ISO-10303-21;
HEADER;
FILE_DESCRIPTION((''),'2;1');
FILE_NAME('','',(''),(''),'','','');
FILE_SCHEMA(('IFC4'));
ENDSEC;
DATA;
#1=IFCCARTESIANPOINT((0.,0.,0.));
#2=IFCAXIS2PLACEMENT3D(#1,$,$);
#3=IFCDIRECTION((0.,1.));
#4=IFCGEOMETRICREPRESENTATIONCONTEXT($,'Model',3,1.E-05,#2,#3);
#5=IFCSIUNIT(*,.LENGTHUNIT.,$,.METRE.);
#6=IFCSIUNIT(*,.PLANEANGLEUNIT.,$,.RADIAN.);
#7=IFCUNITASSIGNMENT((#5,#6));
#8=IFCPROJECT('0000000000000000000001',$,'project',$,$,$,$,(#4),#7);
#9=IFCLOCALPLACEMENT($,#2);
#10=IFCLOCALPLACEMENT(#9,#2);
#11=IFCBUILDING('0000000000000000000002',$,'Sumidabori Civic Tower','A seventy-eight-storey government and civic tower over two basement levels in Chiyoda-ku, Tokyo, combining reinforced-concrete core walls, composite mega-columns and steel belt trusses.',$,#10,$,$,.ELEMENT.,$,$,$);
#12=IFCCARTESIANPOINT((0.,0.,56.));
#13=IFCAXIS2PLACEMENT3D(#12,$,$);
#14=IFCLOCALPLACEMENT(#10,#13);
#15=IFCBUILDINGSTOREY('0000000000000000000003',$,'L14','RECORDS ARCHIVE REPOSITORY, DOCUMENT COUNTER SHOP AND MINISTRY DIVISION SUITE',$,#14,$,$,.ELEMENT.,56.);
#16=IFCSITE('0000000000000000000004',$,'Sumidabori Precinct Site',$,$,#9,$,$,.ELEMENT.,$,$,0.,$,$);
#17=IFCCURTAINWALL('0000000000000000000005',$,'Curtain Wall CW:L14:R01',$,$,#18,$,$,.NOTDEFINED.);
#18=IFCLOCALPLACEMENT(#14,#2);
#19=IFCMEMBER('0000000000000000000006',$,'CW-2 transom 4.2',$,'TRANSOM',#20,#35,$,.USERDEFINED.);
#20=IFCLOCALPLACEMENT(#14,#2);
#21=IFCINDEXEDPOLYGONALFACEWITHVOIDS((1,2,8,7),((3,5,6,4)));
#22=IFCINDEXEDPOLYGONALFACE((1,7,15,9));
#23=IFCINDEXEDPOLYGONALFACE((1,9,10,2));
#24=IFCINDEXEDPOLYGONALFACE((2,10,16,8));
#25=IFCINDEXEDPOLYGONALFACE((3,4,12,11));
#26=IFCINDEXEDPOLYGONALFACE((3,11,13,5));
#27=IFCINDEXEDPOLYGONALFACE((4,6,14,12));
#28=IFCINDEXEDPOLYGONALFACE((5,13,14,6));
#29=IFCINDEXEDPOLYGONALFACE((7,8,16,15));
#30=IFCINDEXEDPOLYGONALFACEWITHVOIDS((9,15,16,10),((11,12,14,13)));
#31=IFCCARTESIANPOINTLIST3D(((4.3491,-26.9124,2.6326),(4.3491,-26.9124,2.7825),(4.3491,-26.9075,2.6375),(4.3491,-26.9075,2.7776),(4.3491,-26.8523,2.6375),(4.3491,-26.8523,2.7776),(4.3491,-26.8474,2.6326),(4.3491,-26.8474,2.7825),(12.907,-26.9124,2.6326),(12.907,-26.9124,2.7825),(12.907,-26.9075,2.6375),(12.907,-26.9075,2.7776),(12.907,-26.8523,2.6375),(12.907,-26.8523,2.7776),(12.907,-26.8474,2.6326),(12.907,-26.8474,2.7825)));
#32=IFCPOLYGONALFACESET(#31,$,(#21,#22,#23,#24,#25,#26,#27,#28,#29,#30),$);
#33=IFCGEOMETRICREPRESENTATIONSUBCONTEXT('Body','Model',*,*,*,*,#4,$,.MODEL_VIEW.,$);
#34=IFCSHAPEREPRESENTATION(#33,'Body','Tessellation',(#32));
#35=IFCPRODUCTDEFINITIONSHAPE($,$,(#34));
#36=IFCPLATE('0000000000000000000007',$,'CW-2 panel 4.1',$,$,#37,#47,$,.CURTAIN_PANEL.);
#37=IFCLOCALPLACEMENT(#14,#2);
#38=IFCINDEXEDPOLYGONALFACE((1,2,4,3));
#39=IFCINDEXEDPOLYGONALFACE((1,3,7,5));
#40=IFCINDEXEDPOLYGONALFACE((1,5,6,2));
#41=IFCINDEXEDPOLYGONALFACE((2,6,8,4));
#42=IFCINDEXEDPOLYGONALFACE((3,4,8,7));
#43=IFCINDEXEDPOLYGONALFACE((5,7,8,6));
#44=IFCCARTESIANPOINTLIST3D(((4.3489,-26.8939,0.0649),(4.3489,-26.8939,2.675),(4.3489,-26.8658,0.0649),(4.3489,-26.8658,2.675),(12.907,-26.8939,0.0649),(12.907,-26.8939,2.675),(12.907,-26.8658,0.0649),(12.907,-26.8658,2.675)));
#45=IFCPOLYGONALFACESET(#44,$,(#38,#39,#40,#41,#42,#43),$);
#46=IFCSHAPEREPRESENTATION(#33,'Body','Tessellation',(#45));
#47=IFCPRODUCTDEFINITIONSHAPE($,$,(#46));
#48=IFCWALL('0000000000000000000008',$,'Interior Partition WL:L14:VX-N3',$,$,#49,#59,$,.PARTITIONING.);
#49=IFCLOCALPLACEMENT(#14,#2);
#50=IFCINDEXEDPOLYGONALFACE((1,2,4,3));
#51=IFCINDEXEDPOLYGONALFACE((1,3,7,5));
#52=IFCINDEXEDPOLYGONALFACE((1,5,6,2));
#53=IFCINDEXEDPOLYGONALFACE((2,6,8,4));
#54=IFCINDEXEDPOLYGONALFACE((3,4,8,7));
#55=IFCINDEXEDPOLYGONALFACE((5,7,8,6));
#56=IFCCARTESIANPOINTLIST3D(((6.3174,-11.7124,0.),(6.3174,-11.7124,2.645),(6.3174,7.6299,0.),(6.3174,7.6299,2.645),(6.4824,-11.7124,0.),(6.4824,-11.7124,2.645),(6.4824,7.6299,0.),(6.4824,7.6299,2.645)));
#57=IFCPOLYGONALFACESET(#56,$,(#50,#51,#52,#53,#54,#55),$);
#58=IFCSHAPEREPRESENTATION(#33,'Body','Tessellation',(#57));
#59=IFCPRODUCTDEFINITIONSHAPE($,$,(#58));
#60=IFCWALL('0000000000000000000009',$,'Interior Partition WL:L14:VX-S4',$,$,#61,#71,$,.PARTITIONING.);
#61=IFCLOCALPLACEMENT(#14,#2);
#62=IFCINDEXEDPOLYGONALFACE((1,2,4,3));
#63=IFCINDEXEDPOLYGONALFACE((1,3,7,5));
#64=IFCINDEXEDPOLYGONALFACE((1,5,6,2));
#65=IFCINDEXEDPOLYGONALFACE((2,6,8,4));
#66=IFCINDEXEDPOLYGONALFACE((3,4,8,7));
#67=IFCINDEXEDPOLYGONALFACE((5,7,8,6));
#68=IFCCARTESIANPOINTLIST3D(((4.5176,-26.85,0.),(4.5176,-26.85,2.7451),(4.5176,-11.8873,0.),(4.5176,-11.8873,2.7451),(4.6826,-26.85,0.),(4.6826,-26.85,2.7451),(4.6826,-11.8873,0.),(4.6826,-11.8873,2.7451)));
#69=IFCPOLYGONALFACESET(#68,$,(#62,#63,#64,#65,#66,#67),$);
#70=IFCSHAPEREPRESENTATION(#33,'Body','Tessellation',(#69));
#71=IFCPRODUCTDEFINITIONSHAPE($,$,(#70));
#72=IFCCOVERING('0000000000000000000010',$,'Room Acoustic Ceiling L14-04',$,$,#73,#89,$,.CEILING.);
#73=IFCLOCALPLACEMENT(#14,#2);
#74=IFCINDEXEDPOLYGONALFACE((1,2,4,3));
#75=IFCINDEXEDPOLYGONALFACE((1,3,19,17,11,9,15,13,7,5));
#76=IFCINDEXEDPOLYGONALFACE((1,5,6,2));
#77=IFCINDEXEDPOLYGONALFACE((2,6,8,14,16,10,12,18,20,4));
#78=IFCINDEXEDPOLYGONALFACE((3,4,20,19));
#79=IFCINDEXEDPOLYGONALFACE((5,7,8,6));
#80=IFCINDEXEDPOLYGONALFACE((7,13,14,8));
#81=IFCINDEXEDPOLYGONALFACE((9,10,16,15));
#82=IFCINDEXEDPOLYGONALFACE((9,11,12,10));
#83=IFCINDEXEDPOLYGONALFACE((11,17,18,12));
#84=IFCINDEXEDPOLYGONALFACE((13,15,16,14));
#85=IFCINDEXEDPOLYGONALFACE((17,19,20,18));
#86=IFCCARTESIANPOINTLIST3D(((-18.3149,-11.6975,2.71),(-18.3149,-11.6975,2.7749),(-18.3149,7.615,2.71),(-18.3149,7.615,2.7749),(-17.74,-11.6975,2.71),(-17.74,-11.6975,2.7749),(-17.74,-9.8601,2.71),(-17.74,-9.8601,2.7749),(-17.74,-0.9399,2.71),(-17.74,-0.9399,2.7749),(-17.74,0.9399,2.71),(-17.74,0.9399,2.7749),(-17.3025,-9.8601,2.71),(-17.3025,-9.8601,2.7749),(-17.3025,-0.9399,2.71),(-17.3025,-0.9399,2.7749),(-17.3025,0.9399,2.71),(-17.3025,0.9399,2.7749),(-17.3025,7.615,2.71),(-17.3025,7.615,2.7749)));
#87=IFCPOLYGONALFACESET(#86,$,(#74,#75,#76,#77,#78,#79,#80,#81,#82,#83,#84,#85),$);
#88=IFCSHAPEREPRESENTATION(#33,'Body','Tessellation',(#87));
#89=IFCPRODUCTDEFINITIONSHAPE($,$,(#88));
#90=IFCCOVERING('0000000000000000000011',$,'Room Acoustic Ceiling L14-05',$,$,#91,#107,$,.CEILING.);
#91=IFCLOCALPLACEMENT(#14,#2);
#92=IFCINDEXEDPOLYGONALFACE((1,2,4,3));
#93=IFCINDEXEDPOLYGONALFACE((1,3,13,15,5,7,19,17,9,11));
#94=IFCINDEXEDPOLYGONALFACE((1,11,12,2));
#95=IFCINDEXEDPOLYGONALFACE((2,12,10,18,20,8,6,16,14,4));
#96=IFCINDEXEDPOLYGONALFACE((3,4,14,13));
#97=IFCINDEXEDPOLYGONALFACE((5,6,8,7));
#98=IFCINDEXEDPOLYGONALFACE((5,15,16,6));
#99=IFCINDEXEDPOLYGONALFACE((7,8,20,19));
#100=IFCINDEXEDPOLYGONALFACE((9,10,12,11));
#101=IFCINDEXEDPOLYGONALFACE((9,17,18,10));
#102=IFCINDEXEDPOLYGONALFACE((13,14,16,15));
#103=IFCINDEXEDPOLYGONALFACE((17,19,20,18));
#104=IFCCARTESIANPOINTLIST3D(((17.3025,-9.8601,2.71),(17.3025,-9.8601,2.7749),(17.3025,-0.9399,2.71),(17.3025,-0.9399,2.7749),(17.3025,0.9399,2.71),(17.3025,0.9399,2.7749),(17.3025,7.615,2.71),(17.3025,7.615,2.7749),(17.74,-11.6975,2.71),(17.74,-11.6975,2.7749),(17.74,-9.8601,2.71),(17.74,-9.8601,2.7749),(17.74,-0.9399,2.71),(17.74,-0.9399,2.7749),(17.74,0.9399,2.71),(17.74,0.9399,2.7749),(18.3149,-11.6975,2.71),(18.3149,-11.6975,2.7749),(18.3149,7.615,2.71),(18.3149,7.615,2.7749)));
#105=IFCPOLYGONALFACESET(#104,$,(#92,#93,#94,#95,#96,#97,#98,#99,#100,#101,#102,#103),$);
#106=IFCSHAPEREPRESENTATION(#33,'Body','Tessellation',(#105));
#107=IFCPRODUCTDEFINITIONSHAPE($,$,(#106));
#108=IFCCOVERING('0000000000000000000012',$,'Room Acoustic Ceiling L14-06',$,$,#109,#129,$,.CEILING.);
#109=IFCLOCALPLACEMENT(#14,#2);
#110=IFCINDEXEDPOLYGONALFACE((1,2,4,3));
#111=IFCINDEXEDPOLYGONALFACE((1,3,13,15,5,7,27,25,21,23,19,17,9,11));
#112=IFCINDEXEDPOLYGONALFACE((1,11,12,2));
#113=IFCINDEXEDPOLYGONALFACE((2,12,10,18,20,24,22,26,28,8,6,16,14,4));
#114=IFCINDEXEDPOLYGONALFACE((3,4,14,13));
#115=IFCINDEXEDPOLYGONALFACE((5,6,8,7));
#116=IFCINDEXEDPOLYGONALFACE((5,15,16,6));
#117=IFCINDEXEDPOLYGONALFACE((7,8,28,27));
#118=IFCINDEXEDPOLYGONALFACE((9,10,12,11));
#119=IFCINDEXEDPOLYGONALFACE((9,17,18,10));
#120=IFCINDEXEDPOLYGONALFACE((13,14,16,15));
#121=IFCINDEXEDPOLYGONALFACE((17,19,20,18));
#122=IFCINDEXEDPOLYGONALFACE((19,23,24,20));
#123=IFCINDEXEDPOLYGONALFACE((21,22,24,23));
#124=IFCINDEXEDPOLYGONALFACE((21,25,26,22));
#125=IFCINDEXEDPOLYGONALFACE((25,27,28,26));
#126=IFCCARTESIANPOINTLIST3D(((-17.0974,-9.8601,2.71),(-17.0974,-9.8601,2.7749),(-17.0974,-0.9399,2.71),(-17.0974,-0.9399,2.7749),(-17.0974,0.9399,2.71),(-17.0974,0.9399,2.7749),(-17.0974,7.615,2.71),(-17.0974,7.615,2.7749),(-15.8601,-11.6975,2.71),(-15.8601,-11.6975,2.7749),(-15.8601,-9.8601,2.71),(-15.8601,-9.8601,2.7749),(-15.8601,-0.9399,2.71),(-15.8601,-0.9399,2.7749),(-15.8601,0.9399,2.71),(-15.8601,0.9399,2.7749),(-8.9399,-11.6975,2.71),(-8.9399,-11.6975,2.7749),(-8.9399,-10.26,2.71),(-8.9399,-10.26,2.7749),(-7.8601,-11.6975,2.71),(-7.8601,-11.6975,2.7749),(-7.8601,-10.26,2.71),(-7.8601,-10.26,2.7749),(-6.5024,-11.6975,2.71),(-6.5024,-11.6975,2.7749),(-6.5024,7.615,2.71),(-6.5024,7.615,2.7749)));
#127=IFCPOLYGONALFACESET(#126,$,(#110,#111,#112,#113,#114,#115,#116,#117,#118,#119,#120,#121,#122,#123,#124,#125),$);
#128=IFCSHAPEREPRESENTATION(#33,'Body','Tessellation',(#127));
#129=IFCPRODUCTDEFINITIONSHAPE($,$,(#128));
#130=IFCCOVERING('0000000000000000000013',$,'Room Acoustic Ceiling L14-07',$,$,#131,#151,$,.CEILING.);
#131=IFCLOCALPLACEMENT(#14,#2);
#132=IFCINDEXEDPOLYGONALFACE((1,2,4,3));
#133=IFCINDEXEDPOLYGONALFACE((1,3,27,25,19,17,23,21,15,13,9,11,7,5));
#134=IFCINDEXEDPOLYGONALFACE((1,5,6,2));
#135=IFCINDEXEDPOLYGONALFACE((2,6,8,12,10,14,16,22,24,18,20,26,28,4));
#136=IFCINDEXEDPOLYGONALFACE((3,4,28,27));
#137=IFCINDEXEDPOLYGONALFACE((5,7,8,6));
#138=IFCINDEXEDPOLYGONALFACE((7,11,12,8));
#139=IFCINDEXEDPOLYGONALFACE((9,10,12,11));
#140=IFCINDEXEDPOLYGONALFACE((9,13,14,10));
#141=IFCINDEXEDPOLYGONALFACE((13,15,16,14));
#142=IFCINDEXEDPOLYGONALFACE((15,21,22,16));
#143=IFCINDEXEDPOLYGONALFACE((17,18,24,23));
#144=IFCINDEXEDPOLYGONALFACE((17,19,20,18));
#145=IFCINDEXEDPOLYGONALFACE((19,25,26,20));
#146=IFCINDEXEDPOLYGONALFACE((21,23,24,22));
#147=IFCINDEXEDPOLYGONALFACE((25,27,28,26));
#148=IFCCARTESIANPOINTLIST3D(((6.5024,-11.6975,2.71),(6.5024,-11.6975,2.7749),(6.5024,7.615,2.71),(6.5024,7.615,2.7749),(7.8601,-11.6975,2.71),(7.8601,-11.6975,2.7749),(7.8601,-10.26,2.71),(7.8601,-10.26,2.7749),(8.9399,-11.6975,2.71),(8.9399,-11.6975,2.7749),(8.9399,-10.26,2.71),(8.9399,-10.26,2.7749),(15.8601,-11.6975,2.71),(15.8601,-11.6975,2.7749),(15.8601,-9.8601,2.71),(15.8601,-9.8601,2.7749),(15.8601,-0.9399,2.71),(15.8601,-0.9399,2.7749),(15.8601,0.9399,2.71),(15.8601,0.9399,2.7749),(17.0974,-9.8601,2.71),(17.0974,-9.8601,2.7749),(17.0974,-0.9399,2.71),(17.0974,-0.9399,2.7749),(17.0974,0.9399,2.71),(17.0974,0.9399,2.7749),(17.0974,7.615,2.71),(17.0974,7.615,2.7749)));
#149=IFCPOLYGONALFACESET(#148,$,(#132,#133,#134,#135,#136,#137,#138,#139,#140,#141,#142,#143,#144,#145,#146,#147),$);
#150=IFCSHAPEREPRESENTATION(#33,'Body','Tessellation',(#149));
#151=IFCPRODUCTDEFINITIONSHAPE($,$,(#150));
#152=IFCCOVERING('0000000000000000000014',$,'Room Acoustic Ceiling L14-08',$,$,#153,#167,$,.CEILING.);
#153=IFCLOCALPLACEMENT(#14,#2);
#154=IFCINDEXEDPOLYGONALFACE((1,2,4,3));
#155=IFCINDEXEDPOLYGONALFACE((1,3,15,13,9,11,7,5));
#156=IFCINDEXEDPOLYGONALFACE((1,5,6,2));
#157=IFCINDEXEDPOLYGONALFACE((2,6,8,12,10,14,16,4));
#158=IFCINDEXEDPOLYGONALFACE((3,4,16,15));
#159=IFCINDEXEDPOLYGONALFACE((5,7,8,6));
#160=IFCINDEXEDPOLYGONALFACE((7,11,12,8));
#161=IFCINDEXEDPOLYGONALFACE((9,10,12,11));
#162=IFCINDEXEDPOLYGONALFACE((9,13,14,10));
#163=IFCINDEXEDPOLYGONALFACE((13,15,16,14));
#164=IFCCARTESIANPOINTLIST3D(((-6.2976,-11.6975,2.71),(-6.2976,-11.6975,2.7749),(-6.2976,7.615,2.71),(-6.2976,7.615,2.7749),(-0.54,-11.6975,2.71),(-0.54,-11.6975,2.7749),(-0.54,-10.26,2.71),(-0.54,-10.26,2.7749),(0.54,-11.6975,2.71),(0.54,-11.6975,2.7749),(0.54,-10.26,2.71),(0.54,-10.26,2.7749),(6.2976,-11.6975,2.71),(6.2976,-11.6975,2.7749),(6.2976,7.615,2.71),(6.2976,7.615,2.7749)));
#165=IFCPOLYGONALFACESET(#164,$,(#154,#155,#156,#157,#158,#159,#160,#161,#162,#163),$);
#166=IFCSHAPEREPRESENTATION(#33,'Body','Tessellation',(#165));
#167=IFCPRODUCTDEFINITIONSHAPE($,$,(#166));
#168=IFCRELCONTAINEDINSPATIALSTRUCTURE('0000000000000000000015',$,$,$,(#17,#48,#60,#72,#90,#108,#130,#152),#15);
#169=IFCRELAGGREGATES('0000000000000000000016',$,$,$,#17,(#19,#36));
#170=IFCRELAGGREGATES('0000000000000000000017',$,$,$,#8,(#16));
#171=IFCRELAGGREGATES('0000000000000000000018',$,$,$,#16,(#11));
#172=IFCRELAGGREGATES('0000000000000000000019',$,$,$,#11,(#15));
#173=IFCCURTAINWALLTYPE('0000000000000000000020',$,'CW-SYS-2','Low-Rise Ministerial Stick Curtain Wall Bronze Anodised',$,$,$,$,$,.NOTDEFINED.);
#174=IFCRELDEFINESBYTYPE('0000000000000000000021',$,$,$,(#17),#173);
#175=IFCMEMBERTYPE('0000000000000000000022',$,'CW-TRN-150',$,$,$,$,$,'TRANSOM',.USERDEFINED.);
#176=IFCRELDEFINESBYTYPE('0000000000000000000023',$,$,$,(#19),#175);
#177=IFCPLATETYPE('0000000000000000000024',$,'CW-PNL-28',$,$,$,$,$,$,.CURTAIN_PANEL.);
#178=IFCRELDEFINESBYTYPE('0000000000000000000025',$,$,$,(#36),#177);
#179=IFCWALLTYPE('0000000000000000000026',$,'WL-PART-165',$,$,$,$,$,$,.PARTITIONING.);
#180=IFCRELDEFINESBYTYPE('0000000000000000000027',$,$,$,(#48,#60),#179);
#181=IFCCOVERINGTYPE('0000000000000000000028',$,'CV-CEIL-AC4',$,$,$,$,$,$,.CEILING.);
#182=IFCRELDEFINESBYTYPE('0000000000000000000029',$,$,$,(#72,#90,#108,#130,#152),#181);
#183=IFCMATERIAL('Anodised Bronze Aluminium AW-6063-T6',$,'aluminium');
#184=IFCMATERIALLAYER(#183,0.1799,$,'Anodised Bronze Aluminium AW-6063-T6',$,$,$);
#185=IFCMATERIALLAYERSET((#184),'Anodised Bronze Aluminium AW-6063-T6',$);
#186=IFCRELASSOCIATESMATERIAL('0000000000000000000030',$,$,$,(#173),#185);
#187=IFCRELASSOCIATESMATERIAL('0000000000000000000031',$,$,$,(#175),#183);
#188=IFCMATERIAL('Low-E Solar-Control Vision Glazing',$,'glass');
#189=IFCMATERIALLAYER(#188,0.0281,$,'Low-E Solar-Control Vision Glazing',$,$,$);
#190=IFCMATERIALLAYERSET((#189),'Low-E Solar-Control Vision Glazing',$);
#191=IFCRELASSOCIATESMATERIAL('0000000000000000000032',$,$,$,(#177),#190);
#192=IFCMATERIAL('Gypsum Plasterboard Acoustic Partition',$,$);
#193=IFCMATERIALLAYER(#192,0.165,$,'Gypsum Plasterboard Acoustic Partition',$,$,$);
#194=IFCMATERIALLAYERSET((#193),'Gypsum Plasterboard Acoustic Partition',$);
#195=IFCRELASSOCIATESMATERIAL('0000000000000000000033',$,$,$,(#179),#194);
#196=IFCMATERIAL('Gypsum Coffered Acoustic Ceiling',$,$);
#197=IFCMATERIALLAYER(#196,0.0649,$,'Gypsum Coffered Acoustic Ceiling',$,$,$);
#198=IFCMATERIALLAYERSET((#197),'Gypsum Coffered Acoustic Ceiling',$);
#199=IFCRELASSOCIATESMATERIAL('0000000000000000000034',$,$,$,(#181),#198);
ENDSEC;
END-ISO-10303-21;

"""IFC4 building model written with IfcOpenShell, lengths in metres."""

from ifc_helpers import new_model, si_unit, direction, frame, frame_2d, origin, origin_2d, place, context, subcontext, project, spatial, polyline, rectangle, hollow_rectangle, outline, extrude, source, transform, mapped, material, layer, layer_set, material_profile, profile_set, type_object, element, aggregate, save


model = new_model("IFC4")

# Units and contexts
model_context = context("Model", 3, precision=1e-05, world=origin(), true_north=direction((0.0, 1.0)))
body_context = subcontext(model_context, "Body", "Model", "MODEL_VIEW")
ifc_project = project(units=[si_unit("LENGTHUNIT", "METRE"), si_unit("PLANEANGLEUNIT", "RADIAN")], contexts=[model_context])

# Site, building, storey
site_placement = place(None, origin())
site = spatial("IfcSite", under=ifc_project, at=site_placement, Name="Sumidabori Precinct Site", CompositionType="ELEMENT", RefElevation=0.0)
building_placement = place(site_placement, origin())
building = spatial("IfcBuilding", under=site, at=building_placement, Name="Sumidabori Civic Tower", Description="A seventy-eight-storey government and civic tower over two basement levels in Chiyoda-ku, Tokyo, combining reinforced-concrete core walls, composite mega-columns and steel belt trusses.", CompositionType="ELEMENT")
storey_placement = place(building_placement, frame((0.0, 0.0, 56.0)))
storey = spatial("IfcBuildingStorey", under=building, at=storey_placement, Name="L14", Description="RECORDS ARCHIVE REPOSITORY, DOCUMENT COUNTER SHOP AND MINISTRY DIVISION SUITE", CompositionType="ELEMENT", Elevation=56.0)

# Curtain wall, member, plate
ifc_material_1 = material(Name="Anodised Bronze Aluminium AW-6063-T6", Category="aluminium")
ifc_layer_1 = layer(ifc_material_1, 0.1799, Name="Anodised Bronze Aluminium AW-6063-T6")
ifc_layer_set_1 = layer_set([ifc_layer_1], Name="Anodised Bronze Aluminium AW-6063-T6")
curtain_wall_type = type_object("IfcCurtainWallType", Name="CW-SYS-2", Description="Low-Rise Ministerial Stick Curtain Wall Bronze Anodised", PredefinedType="NOTDEFINED", material=ifc_layer_set_1)
curtain_wall_placement = place(storey_placement, origin())
curtain_wall = element("IfcCurtainWall", 1, at=curtain_wall_placement, inside=storey, type_object=curtain_wall_type, Name="Curtain Wall CW:L14:R01", PredefinedType="NOTDEFINED")
ifc_material_profile_1 = material_profile(ifc_material_1, hollow_rectangle(XDim=0.0649, YDim=0.1499, WallThickness=0.0049, at=origin_2d()), Name="ALU TRANSOM 150x65")
ifc_profile_set_1 = profile_set([ifc_material_profile_1], Name="Anodised Bronze Aluminium AW-6063-T6")
member_type_1 = type_object("IfcMemberType", Name="CW-TRN-150", ElementType="TRANSOM", PredefinedType="USERDEFINED", material=ifc_profile_set_1)
shared_shape_1 = source(origin(), body_context, "Body", "SweptSolid", [
    extrude(hollow_rectangle(XDim=0.0649, YDim=0.1499, WallThickness=0.0049, at=origin_2d()), origin(), (0.0, 0.0, 1.0), 8.5579),
])
member_1_placement = place(storey_placement, frame((4.3491, -26.8799, 2.7075), z_axis=(1.0, 0.0, 0.0), x_axis=(0.0, 1.0, 0.0)))
member_1 = element("IfcMember", 2, at=member_1_placement, type_object=member_type_1, Name="CW-2 transom 4.2", ObjectType="TRANSOM", PredefinedType="USERDEFINED", context=body_context, shape_type="MappedRepresentation", body=[
    mapped(shared_shape_1, transform((0.0, 0.0, 0.0), x_axis=(1.0, 0.0, 0.0), y_axis=(0.0, 1.0, 0.0), z_axis=(0.0, 0.0, 1.0), scale=1.0)),
])
ifc_material_2 = material(Name="Low-E Solar-Control Vision Glazing", Category="glass")
ifc_layer_2 = layer(ifc_material_2, 0.0281, Name="Low-E Solar-Control Vision Glazing")
ifc_layer_set_2 = layer_set([ifc_layer_2], Name="Low-E Solar-Control Vision Glazing")
plate_type = type_object("IfcPlateType", Name="CW-PNL-28", PredefinedType="CURTAIN_PANEL", material=ifc_layer_set_2)
shared_shape_2 = source(origin(), body_context, "Body", "SweptSolid", [
    extrude(rectangle(XDim=8.5581, YDim=0.0281, at=origin_2d()), origin(), (0.0, 0.0, 1.0), 2.6101),
])
plate_placement = place(storey_placement, frame((8.6279, -26.8799, 0.0649), z_axis=(0.0, 0.0, 1.0), x_axis=(1.0, 0.0, 0.0)))
plate = element("IfcPlate", 3, at=plate_placement, type_object=plate_type, Name="CW-2 panel 4.1", PredefinedType="CURTAIN_PANEL", context=body_context, shape_type="MappedRepresentation", body=[
    mapped(shared_shape_2, transform((0.0, 0.0, 0.0), x_axis=(1.0, 0.0, 0.0), y_axis=(0.0, 1.0, 0.0), z_axis=(0.0, 0.0, 1.0), scale=1.0)),
])
aggregate(curtain_wall, [member_1, plate])

# Walls
ifc_material_3 = material(Name="Gypsum Plasterboard Acoustic Partition")
ifc_layer_3 = layer(ifc_material_3, 0.165, Name="Gypsum Plasterboard Acoustic Partition")
ifc_layer_set_3 = layer_set([ifc_layer_3], Name="Gypsum Plasterboard Acoustic Partition")
wall_type = type_object("IfcWallType", Name="WL-PART-165", PredefinedType="PARTITIONING", material=ifc_layer_set_3)
shared_shape_3 = source(origin(), body_context, "Body", "SweptSolid", [
    extrude(rectangle(XDim=19.3423, YDim=0.165, at=frame_2d((9.6711, 0.0))), origin(), (0.0, 0.0, 1.0), 2.645),
])
wall_1_placement = place(storey_placement, frame((6.3999, -11.7124, 0.0), z_axis=(0.0, 0.0, 1.0), x_axis=(0.0, 1.0, 0.0)))
element("IfcWall", 4, at=wall_1_placement, inside=storey, type_object=wall_type, Name="Interior Partition WL:L14:VX-N3", PredefinedType="PARTITIONING", context=body_context, shape_type="MappedRepresentation", body=[
    mapped(shared_shape_3, transform((0.0, 0.0, 0.0), x_axis=(1.0, 0.0, 0.0), y_axis=(0.0, 1.0, 0.0), z_axis=(0.0, 0.0, 1.0), scale=1.0)),
])
shared_shape_4 = source(origin(), body_context, "Body", "SweptSolid", [
    extrude(rectangle(XDim=14.9626, YDim=0.165, at=frame_2d((7.4814, 0.0))), origin(), (0.0, 0.0, 1.0), 2.7451),
])
wall_2_placement = place(storey_placement, frame((4.6001, -26.8501, 0.0), z_axis=(0.0, 0.0, 1.0), x_axis=(0.0, 1.0, 0.0)))
element("IfcWall", 5, at=wall_2_placement, inside=storey, type_object=wall_type, Name="Interior Partition WL:L14:VX-S4", PredefinedType="PARTITIONING", context=body_context, shape_type="MappedRepresentation", body=[
    mapped(shared_shape_4, transform((0.0, 0.0, 0.0), x_axis=(1.0, 0.0, 0.0), y_axis=(0.0, 1.0, 0.0), z_axis=(0.0, 0.0, 1.0), scale=1.0)),
])

# Coverings
ifc_material_4 = material(Name="Gypsum Coffered Acoustic Ceiling")
ifc_layer_4 = layer(ifc_material_4, 0.0649, Name="Gypsum Coffered Acoustic Ceiling")
ifc_layer_set_4 = layer_set([ifc_layer_4], Name="Gypsum Coffered Acoustic Ceiling")
covering_type_1 = type_object("IfcCoveringType", Name="CV-CEIL-AC4", PredefinedType="CEILING", material=ifc_layer_set_4)
covering_1_placement = place(storey_placement, frame((0.0, 0.0, 2.71)))
element("IfcCovering", 6, at=covering_1_placement, inside=storey, type_object=covering_type_1, Name="Room Acoustic Ceiling L14-04", PredefinedType="CEILING", context=body_context, shape_type="SweptSolid", body=[
    extrude(outline(polyline([(-18.3149, 7.615), (-17.3025, 7.615), (-17.3025, 0.9399), (-17.74, 0.9399), (-17.74, -0.9399), (-17.3025, -0.9399), (-17.3025, -9.8601), (-17.74, -9.8601), (-17.74, -11.6975), (-18.3149, -11.6975), (-18.3149, 7.615)])), origin(), (0.0, 0.0, 1.0), 0.0649),
])
covering_2_placement = place(storey_placement, frame((0.0, 0.0, 2.71)))
element("IfcCovering", 7, at=covering_2_placement, inside=storey, type_object=covering_type_1, Name="Room Acoustic Ceiling L14-05", PredefinedType="CEILING", context=body_context, shape_type="SweptSolid", body=[
    extrude(outline(polyline([(18.3149, 7.615), (18.3149, -11.6975), (17.74, -11.6975), (17.74, -9.8601), (17.3025, -9.8601), (17.3025, -0.9399), (17.74, -0.9399), (17.74, 0.9399), (17.3025, 0.9399), (17.3025, 7.615), (18.3149, 7.615)])), origin(), (0.0, 0.0, 1.0), 0.0649),
])
covering_3_placement = place(storey_placement, frame((0.0, 0.0, 2.71)))
element("IfcCovering", 8, at=covering_3_placement, inside=storey, type_object=covering_type_1, Name="Room Acoustic Ceiling L14-06", PredefinedType="CEILING", context=body_context, shape_type="SweptSolid", body=[
    extrude(outline(polyline([(-6.5024, 7.615), (-6.5024, -11.6975), (-7.8601, -11.6975), (-7.8601, -10.26), (-8.9399, -10.26), (-8.9399, -11.6975), (-15.8601, -11.6975), (-15.8601, -9.8601), (-17.0974, -9.8601), (-17.0974, -0.9399), (-15.8601, -0.9399), (-15.8601, 0.9399), (-17.0974, 0.9399), (-17.0974, 7.615), (-6.5024, 7.615)])), origin(), (0.0, 0.0, 1.0), 0.0649),
])
covering_4_placement = place(storey_placement, frame((0.0, 0.0, 2.71)))
element("IfcCovering", 9, at=covering_4_placement, inside=storey, type_object=covering_type_1, Name="Room Acoustic Ceiling L14-07", PredefinedType="CEILING", context=body_context, shape_type="SweptSolid", body=[
    extrude(outline(polyline([(6.5024, 7.615), (17.0974, 7.615), (17.0974, 0.9399), (15.8601, 0.9399), (15.8601, -0.9399), (17.0974, -0.9399), (17.0974, -9.8601), (15.8601, -9.8601), (15.8601, -11.6975), (8.9399, -11.6975), (8.9399, -10.26), (7.8601, -10.26), (7.8601, -11.6975), (6.5024, -11.6975), (6.5024, 7.615)])), origin(), (0.0, 0.0, 1.0), 0.0649),
])
covering_5_placement = place(storey_placement, frame((0.0, 0.0, 2.71)))
element("IfcCovering", 10, at=covering_5_placement, inside=storey, type_object=covering_type_1, Name="Room Acoustic Ceiling L14-08", PredefinedType="CEILING", context=body_context, shape_type="SweptSolid", body=[
    extrude(outline(polyline([(-6.2976, 7.615), (6.2976, 7.615), (6.2976, -11.6975), (0.54, -11.6975), (0.54, -10.26), (-0.54, -10.26), (-0.54, -11.6975), (-6.2976, -11.6975), (-6.2976, 7.615)])), origin(), (0.0, 0.0, 1.0), 0.0649),
])

save(model, "model.ifc")
